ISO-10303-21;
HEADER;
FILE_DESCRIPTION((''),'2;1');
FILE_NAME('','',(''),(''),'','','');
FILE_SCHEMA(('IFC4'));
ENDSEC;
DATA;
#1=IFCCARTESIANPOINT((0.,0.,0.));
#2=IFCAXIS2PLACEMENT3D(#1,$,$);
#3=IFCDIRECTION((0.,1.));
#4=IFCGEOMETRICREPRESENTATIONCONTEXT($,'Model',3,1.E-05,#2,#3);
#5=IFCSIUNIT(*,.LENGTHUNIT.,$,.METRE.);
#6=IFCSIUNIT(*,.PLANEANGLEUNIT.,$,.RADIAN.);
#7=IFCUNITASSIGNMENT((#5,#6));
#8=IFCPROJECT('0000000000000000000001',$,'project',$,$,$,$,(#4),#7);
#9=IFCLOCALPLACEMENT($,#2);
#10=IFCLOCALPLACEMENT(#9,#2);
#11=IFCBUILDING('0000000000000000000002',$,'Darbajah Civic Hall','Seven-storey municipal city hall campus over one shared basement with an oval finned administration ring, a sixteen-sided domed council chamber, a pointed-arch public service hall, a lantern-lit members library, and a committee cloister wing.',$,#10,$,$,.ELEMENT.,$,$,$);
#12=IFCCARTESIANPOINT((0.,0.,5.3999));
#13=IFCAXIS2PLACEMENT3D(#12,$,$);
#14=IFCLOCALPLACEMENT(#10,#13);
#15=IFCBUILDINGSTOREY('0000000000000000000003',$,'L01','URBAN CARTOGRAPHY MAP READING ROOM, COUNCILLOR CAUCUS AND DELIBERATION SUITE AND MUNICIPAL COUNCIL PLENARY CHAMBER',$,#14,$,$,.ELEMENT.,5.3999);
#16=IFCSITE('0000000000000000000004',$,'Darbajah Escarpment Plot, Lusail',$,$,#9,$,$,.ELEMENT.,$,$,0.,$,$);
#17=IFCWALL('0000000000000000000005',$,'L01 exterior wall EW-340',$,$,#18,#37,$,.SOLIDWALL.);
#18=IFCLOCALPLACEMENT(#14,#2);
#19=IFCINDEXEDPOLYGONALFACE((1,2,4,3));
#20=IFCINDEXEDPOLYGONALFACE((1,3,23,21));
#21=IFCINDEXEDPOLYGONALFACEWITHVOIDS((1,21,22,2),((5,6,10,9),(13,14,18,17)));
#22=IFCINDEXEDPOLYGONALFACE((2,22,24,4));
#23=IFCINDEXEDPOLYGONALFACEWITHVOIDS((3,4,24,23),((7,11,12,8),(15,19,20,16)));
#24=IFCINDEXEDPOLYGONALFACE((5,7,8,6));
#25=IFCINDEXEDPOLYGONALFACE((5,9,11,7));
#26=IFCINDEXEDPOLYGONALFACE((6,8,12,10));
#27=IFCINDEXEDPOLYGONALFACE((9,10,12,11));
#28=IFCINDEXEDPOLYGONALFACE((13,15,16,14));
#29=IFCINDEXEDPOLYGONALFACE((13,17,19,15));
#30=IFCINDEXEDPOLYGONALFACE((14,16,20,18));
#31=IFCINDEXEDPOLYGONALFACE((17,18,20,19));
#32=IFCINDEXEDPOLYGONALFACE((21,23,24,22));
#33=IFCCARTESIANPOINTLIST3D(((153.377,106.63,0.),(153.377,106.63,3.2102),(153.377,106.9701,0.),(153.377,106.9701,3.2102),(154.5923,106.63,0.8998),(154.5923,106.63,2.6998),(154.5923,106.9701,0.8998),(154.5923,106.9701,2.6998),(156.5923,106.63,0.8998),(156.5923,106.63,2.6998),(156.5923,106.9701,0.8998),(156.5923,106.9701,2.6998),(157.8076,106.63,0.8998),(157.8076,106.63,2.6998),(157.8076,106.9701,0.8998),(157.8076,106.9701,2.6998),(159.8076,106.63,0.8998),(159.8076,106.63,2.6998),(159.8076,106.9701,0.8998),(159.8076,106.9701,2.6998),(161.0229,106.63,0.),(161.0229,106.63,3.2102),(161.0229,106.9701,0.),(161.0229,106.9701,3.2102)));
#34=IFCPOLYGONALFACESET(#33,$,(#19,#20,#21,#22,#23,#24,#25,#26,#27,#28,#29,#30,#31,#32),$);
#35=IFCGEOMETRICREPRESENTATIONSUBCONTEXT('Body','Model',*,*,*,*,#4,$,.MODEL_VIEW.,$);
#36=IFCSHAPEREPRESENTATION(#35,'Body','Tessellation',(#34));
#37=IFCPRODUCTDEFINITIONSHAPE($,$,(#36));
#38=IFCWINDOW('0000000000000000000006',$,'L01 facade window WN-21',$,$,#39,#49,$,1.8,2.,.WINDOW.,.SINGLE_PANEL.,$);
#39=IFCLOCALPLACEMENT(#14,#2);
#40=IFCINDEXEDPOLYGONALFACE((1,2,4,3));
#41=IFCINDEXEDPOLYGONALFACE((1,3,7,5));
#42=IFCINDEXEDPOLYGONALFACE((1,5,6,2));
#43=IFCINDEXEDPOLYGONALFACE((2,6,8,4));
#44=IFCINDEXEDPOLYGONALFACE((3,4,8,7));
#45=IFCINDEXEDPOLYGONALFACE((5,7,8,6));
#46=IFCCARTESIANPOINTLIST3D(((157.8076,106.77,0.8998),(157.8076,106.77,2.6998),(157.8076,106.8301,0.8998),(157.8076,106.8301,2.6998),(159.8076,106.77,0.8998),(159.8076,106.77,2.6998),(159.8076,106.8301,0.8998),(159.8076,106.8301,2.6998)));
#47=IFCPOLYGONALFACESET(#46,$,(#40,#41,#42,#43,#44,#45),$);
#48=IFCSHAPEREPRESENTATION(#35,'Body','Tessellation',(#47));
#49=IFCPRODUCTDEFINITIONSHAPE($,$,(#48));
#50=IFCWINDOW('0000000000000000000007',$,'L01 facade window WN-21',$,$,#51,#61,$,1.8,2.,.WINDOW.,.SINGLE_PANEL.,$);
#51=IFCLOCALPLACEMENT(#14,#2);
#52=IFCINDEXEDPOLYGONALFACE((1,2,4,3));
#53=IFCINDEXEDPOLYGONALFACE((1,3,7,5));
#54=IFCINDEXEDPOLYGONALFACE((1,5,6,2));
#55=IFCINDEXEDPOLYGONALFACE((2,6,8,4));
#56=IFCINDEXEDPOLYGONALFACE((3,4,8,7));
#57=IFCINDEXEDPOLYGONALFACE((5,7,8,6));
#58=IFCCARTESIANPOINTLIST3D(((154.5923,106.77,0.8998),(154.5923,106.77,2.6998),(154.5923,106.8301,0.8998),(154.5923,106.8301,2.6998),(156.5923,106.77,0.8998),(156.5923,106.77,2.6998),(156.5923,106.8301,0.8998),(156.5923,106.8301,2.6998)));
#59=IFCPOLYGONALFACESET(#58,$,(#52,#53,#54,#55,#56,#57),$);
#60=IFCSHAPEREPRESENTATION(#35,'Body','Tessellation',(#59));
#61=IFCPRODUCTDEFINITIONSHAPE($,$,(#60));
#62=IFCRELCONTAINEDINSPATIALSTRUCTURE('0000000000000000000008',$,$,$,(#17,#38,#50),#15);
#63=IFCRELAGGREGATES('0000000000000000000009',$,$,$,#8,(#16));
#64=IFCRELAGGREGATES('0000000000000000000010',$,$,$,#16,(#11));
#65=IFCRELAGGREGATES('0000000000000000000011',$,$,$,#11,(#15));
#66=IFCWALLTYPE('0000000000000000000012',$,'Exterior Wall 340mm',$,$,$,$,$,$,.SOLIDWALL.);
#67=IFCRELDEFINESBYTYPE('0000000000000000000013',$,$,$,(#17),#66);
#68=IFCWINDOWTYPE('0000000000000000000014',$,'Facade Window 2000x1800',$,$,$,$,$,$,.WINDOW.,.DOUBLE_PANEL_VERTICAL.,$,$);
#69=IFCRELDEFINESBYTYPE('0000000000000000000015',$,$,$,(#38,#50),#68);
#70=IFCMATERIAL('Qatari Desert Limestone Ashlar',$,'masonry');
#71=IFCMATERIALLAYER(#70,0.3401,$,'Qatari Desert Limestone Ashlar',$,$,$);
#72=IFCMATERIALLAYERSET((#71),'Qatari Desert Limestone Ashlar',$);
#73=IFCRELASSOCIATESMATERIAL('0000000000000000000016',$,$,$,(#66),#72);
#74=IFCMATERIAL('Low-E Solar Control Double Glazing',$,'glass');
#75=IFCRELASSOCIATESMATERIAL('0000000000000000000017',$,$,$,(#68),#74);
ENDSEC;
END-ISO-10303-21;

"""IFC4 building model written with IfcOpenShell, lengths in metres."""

from ifc_helpers import new_model, si_unit, direction, frame, frame_2d, origin, place, context, subcontext, project, spatial, rectangle, extrude, material, layer, layer_set, type_object, element, fill, save


model = new_model("IFC4")

# Units and contexts
model_context = context("Model", 3, precision=1e-05, world=origin(), true_north=direction((0.0, 1.0)))
body_context = subcontext(model_context, "Body", "Model", "MODEL_VIEW")
ifc_project = project(units=[si_unit("LENGTHUNIT", "METRE"), si_unit("PLANEANGLEUNIT", "RADIAN")], contexts=[model_context])

# Site, building, storey
site_placement = place(None, origin())
site = spatial("IfcSite", under=ifc_project, at=site_placement, Name="Darbajah Escarpment Plot, Lusail", CompositionType="ELEMENT", RefElevation=0.0)
building_placement = place(site_placement, origin())
building = spatial("IfcBuilding", under=site, at=building_placement, Name="Darbajah Civic Hall", Description="Seven-storey municipal city hall campus over one shared basement with an oval finned administration ring, a sixteen-sided domed council chamber, a pointed-arch public service hall, a lantern-lit members library, and a committee cloister wing.", CompositionType="ELEMENT")
storey_placement = place(building_placement, frame((0.0, 0.0, 5.3999)))
storey = spatial("IfcBuildingStorey", under=building, at=storey_placement, Name="L01", Description="URBAN CARTOGRAPHY MAP READING ROOM, COUNCILLOR CAUCUS AND DELIBERATION SUITE AND MUNICIPAL COUNCIL PLENARY CHAMBER", CompositionType="ELEMENT", Elevation=5.3999)

# Wall, openings, windows
ifc_material_1 = material(Name="Qatari Desert Limestone Ashlar", Category="masonry")
ifc_layer_1 = layer(ifc_material_1, 0.3401, Name="Qatari Desert Limestone Ashlar")
ifc_layer_set_1 = layer_set([ifc_layer_1], Name="Qatari Desert Limestone Ashlar")
wall_type_1 = type_object("IfcWallType", Name="Exterior Wall 340mm", PredefinedType="SOLIDWALL", material=ifc_layer_set_1)
ifc_material_2 = material(Name="Low-E Solar Control Double Glazing", Category="glass")
wall_1_placement = place(storey_placement, frame((161.0229, 106.8, 0.0), z_axis=(0.0, 0.0, 1.0), x_axis=(-1.0, 0.0, 0.0)))
wall_1 = element("IfcWall", 1, at=wall_1_placement, inside=storey, type_object=wall_type_1, Name="L01 exterior wall EW-340", PredefinedType="SOLIDWALL", context=body_context, shape_type="SweptSolid", body=[
    extrude(rectangle(XDim=7.646, YDim=0.3401, at=frame_2d((3.823, 0.0))), origin(), (0.0, 0.0, 1.0), 3.2102),
])
opening_1_placement = place(wall_1_placement, frame((1.2153, 0.0, 0.8999)))
opening_1 = element("IfcOpeningElement", 2, at=opening_1_placement, cuts=wall_1, PredefinedType="OPENING", context=body_context, shape_type="SweptSolid", body=[
    extrude(rectangle(XDim=2.0, YDim=1.8, at=frame_2d((1.0, 0.8999))), frame((0.0, 0.1799, 0.0), z_axis=(0.0, -1.0, 0.0), x_axis=(1.0, 0.0, 0.0)), (0.0, 0.0, 1.0), 0.3601),
])
opening_2_placement = place(wall_1_placement, frame((4.4307, 0.0, 0.8999)))
opening_2 = element("IfcOpeningElement", 3, at=opening_2_placement, cuts=wall_1, PredefinedType="OPENING", context=body_context, shape_type="SweptSolid", body=[
    extrude(rectangle(XDim=2.0, YDim=1.8, at=frame_2d((1.0, 0.8999))), frame((0.0, 0.1799, 0.0), z_axis=(0.0, -1.0, 0.0), x_axis=(1.0, 0.0, 0.0)), (0.0, 0.0, 1.0), 0.3601),
])
window_type_1 = type_object("IfcWindowType", Name="Facade Window 2000x1800", PartitioningType="DOUBLE_PANEL_VERTICAL", PredefinedType="WINDOW", material=ifc_material_2)
window_1_placement = place(opening_1_placement, origin())
window_1 = element("IfcWindow", 4, at=window_1_placement, inside=storey, type_object=window_type_1, Name="L01 facade window WN-21", OverallHeight=1.8, OverallWidth=2.0, PartitioningType="SINGLE_PANEL", PredefinedType="WINDOW", context=body_context, shape_type="SweptSolid", body=[
    extrude(rectangle(XDim=2.0, YDim=1.8, at=frame_2d((1.0, 0.8999))), frame((0.0, 0.03, 0.0), z_axis=(0.0, -1.0, 0.0), x_axis=(1.0, 0.0, 0.0)), (0.0, 0.0, 1.0), 0.0601),
])
fill(opening_1, window_1)
window_2_placement = place(opening_2_placement, origin())
window_2 = element("IfcWindow", 5, at=window_2_placement, inside=storey, type_object=window_type_1, Name="L01 facade window WN-21", OverallHeight=1.8, OverallWidth=2.0, PartitioningType="SINGLE_PANEL", PredefinedType="WINDOW", context=body_context, shape_type="SweptSolid", body=[
    extrude(rectangle(XDim=2.0, YDim=1.8, at=frame_2d((1.0, 0.8999))), frame((0.0, 0.03, 0.0), z_axis=(0.0, -1.0, 0.0), x_axis=(1.0, 0.0, 0.0)), (0.0, 0.0, 1.0), 0.0601),
])
fill(opening_2, window_2)

save(model, "model.ifc")
